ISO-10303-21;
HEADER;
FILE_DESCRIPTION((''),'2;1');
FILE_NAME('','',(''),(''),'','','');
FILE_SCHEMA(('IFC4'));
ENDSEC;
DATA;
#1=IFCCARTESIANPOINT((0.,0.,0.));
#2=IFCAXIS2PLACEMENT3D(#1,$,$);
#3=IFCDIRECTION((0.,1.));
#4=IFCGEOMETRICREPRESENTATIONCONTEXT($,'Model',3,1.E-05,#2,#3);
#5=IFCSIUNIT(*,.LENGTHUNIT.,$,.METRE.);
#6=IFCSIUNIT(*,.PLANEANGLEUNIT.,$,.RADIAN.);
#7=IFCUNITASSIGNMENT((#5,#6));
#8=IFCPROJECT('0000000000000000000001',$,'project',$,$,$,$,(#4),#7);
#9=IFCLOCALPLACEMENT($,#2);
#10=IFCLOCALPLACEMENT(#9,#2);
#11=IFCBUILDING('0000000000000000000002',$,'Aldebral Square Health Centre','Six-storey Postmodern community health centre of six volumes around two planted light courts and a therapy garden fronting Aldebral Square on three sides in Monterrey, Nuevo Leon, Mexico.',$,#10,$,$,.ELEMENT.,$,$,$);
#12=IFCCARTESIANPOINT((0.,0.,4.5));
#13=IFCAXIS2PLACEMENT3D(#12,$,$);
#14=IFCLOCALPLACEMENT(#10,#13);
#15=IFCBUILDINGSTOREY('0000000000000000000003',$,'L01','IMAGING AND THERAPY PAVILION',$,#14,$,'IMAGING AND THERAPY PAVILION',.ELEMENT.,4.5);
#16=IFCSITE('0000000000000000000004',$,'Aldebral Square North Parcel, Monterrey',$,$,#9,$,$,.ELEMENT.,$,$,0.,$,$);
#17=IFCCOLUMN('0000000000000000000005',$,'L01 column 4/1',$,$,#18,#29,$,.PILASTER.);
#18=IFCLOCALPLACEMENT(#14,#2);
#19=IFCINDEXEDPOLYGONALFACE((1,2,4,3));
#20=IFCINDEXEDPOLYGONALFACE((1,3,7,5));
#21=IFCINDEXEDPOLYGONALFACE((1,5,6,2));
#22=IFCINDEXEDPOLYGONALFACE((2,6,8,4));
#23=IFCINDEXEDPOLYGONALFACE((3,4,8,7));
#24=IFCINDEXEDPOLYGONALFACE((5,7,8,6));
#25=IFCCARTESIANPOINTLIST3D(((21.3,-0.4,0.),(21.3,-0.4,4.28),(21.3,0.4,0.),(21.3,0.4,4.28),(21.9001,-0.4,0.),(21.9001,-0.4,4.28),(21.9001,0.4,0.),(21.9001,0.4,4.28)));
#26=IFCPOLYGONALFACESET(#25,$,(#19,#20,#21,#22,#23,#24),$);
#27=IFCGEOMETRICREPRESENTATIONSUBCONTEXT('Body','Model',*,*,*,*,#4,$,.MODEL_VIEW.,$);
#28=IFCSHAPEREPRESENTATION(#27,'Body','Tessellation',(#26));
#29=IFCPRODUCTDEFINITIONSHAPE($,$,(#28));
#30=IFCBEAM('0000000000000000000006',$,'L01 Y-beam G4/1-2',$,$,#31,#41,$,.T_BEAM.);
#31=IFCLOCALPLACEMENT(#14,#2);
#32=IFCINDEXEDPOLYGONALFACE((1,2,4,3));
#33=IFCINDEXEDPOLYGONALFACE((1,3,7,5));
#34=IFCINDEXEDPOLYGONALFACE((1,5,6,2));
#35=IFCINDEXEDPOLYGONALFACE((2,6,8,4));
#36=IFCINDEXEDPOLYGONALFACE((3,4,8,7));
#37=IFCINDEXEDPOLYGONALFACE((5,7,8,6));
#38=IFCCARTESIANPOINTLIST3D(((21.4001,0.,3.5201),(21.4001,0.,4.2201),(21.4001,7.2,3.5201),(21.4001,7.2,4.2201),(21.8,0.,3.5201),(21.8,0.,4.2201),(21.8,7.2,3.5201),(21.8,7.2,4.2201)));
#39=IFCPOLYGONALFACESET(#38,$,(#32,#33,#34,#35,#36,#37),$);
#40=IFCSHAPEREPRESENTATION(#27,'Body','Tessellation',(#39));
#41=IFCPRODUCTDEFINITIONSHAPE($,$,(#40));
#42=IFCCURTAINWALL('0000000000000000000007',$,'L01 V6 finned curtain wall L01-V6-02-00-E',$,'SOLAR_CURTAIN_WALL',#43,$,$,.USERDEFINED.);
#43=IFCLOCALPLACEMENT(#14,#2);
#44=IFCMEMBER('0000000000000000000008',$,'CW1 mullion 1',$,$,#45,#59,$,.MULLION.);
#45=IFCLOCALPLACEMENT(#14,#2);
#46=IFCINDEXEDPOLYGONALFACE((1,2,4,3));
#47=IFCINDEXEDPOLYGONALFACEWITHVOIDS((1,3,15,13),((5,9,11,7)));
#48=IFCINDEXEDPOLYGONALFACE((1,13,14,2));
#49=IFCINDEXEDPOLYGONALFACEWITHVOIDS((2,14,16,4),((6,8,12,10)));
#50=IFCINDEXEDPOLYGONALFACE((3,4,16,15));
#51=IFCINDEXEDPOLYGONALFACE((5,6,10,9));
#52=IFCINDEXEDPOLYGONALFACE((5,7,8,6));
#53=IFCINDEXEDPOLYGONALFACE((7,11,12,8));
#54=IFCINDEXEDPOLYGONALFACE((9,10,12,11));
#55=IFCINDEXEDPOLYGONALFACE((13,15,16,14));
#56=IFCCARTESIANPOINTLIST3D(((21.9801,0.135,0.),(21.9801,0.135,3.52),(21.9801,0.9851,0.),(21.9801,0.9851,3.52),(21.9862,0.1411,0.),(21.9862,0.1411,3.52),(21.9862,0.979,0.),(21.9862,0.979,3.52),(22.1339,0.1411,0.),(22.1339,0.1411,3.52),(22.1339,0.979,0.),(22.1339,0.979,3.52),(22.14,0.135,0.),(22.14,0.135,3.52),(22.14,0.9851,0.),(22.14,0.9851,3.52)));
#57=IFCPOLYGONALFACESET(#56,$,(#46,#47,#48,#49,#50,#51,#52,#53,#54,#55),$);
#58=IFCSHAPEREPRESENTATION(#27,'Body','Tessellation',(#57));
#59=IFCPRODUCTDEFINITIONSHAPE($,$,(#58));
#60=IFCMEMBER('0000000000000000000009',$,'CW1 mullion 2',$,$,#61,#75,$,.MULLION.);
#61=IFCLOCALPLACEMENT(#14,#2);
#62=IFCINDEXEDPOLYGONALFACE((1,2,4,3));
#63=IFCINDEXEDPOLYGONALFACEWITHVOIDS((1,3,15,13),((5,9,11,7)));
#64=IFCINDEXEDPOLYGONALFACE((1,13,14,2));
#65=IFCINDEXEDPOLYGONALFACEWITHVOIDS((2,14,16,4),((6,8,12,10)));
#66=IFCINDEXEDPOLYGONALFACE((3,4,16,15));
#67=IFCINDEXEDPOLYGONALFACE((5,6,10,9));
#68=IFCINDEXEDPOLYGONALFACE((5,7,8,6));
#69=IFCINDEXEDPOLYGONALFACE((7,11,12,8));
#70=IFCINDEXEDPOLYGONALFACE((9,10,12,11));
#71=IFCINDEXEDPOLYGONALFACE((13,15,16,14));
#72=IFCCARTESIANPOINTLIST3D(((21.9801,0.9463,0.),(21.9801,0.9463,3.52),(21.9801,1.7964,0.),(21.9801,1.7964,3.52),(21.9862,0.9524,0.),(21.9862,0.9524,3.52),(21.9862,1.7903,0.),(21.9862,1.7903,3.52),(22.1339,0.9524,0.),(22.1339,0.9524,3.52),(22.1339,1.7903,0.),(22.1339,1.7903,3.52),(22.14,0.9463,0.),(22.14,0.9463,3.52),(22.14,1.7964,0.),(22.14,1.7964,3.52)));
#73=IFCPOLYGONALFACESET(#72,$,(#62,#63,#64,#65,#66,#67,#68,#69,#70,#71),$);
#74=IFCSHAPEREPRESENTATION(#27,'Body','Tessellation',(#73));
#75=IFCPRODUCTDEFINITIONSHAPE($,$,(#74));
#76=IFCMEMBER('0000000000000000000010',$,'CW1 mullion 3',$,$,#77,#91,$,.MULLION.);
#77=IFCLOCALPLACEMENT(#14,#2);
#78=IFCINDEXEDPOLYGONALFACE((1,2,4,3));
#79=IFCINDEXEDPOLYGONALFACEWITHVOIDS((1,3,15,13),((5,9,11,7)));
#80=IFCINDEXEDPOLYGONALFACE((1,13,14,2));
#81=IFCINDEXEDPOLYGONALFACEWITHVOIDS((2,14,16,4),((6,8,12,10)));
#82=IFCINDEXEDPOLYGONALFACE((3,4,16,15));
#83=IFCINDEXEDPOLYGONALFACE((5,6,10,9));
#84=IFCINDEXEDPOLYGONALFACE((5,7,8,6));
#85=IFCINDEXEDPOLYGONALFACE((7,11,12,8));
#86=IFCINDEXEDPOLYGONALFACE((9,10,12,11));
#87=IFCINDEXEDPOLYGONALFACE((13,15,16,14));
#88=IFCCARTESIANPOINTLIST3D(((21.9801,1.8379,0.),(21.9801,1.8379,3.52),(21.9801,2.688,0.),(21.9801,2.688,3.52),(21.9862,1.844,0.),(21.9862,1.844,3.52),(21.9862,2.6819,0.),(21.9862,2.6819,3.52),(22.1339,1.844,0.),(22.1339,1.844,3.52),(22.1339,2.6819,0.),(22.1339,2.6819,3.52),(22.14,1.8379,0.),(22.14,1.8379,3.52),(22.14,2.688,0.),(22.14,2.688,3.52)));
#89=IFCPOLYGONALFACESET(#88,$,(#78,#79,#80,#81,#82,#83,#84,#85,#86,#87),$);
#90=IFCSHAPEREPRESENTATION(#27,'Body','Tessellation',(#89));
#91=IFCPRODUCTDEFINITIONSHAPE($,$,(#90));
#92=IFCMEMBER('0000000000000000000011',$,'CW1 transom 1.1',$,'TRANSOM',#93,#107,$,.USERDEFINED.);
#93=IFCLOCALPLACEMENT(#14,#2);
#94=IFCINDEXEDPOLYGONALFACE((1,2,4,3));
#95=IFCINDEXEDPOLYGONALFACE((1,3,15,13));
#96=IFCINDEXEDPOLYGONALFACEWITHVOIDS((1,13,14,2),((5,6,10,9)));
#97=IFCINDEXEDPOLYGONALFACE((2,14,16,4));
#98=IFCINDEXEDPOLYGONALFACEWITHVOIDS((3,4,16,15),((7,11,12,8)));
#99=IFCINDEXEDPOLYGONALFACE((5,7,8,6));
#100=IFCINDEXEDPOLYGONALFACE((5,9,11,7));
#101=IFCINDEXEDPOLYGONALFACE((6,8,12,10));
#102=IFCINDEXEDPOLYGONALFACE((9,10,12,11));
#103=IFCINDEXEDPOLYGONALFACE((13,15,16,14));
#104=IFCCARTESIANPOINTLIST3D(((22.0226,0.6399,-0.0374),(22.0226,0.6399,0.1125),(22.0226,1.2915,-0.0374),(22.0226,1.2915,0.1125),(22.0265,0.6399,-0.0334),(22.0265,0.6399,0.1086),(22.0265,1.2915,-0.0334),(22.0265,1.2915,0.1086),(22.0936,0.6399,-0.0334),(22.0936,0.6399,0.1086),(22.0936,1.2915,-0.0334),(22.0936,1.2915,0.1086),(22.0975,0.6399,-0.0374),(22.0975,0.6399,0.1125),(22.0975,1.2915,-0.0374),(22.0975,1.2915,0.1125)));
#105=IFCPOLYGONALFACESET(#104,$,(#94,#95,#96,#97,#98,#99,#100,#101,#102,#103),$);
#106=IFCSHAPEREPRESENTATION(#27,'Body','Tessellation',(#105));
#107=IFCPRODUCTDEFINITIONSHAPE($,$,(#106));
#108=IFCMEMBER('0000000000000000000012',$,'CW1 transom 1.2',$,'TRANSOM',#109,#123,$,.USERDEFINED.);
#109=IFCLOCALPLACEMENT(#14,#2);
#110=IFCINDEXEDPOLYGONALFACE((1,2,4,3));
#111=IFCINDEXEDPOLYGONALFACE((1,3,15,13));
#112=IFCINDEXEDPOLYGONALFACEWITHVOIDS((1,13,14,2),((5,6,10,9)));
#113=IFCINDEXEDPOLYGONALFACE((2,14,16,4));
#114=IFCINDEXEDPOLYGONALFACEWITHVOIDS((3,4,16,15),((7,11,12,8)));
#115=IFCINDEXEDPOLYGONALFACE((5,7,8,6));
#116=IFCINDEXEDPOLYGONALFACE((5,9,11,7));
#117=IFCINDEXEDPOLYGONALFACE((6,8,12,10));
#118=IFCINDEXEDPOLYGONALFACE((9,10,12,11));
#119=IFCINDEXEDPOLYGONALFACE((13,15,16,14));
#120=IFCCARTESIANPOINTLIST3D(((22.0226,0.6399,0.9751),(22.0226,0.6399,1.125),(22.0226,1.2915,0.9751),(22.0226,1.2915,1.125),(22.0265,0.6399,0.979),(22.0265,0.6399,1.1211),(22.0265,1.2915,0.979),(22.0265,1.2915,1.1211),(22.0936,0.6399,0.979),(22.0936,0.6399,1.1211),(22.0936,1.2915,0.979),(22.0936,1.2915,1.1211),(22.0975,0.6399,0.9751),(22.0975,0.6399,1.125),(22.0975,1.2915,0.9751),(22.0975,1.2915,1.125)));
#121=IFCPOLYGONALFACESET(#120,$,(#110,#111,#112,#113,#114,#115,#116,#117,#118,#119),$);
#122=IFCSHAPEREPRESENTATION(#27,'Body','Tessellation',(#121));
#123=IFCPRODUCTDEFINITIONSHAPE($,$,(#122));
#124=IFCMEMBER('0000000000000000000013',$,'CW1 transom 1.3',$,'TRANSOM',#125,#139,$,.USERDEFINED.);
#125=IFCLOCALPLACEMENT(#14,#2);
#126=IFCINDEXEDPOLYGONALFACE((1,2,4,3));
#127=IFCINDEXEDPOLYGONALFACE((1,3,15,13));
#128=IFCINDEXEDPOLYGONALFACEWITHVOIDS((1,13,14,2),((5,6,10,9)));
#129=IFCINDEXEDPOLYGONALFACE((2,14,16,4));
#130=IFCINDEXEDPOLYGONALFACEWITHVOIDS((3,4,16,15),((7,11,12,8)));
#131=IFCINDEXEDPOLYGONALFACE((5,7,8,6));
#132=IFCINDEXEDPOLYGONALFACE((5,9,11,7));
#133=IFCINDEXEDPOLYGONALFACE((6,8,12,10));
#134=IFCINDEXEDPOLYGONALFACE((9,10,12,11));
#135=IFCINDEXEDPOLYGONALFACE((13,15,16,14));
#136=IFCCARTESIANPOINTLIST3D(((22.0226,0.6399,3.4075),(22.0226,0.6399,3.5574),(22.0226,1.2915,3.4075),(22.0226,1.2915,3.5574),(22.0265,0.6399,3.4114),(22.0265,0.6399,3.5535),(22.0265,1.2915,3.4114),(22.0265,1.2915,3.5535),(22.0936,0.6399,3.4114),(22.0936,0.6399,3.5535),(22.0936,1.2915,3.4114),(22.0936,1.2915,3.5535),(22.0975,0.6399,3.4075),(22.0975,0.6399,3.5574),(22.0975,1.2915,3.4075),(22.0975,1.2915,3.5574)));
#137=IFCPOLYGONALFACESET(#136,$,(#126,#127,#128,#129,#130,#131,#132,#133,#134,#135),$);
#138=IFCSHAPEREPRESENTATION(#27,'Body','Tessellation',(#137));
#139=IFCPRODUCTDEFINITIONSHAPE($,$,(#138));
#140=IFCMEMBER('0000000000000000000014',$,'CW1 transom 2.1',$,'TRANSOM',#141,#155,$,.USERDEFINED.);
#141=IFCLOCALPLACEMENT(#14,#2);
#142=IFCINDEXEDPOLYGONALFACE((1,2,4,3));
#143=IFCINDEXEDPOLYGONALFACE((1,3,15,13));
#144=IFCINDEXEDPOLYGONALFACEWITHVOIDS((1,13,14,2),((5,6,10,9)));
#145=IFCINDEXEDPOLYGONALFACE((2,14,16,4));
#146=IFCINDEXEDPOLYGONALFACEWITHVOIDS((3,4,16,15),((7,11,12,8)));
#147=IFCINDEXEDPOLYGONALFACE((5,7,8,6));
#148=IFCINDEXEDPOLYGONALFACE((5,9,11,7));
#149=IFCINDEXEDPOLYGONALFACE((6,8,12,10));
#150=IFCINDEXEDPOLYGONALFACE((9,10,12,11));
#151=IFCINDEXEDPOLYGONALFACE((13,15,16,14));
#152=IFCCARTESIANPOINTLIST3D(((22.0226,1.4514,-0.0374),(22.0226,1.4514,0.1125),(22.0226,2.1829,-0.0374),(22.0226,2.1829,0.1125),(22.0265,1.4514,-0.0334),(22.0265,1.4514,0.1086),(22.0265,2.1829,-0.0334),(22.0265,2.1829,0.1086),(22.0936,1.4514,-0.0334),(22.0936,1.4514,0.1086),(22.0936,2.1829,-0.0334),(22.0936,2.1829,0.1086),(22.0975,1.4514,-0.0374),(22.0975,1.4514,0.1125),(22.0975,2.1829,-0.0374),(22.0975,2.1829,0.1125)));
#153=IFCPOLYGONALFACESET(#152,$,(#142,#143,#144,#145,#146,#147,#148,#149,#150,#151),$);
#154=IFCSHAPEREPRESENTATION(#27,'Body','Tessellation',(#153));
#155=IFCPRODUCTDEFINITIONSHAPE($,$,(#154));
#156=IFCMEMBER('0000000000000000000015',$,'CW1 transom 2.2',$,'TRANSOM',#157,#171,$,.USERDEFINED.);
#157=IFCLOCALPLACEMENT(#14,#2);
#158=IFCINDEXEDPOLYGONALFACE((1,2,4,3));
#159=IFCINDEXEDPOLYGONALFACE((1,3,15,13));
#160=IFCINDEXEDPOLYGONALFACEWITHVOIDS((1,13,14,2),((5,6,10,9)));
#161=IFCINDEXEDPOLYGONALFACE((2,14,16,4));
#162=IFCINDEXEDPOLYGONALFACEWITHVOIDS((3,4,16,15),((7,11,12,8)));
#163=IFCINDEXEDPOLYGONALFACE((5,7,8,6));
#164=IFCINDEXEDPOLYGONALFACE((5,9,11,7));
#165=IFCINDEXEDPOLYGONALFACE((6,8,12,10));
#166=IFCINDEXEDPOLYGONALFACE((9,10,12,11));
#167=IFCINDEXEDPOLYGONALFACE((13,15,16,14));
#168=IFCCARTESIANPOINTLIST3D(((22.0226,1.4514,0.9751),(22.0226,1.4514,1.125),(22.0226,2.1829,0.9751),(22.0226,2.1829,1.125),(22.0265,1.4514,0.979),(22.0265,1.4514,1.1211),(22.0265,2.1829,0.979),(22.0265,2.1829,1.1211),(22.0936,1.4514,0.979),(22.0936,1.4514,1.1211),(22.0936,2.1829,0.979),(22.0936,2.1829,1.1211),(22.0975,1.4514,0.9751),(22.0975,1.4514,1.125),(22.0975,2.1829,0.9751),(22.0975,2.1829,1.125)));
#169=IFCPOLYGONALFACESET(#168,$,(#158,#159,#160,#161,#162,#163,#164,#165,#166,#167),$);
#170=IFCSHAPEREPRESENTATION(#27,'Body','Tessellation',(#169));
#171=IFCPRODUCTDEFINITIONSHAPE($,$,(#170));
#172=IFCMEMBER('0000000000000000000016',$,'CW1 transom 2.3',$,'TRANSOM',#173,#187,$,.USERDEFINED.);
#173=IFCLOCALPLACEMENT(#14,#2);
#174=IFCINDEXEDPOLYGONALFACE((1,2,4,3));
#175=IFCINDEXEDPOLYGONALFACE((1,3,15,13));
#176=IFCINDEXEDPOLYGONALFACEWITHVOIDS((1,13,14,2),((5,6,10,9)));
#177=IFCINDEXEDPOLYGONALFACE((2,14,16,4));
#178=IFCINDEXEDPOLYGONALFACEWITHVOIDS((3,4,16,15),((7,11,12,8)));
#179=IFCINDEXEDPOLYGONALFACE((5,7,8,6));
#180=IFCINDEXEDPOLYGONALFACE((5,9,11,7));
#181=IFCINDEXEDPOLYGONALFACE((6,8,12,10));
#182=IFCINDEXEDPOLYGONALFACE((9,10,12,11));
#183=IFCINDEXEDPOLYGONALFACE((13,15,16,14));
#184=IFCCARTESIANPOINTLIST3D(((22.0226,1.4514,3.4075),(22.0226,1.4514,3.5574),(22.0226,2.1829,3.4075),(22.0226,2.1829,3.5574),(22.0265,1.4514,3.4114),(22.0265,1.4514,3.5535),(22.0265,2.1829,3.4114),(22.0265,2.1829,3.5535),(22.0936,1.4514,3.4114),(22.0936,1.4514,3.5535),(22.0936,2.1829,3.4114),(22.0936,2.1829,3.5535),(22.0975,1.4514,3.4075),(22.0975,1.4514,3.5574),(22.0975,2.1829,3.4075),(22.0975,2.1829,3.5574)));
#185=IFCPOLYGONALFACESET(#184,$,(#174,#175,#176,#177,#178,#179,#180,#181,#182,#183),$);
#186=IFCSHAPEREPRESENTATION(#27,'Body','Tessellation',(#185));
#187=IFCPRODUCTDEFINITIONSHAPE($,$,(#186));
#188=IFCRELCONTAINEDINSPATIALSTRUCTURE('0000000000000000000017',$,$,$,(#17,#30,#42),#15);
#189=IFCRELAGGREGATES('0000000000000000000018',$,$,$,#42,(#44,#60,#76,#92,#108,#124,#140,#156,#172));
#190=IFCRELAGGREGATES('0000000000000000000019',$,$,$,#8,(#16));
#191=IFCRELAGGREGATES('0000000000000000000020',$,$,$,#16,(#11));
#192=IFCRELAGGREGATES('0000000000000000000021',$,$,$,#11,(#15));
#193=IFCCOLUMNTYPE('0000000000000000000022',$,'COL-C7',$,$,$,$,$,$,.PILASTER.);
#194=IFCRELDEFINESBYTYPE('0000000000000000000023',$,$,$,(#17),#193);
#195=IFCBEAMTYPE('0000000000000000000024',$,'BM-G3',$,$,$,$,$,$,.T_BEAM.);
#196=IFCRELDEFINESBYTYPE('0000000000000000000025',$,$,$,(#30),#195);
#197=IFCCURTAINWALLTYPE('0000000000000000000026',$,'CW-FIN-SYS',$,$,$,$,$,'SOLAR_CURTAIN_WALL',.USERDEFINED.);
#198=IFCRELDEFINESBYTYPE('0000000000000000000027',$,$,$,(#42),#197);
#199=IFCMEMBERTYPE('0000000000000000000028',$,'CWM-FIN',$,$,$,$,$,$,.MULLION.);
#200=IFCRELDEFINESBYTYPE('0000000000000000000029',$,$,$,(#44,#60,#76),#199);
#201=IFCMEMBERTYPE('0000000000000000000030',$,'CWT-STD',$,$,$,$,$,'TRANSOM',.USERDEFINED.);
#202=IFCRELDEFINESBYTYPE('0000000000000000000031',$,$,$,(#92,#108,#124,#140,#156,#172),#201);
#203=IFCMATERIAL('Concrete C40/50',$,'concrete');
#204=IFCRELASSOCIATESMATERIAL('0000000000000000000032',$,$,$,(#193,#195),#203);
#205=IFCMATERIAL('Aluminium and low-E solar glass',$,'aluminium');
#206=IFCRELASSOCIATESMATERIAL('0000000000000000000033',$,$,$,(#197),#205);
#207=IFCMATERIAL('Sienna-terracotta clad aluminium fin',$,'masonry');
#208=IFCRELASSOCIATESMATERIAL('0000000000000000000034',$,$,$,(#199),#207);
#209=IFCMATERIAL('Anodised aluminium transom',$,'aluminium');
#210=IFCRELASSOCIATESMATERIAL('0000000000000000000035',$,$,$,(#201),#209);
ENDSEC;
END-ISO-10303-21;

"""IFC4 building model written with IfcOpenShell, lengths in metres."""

from ifc_helpers import new_model, si_unit, direction, frame, origin, origin_2d, place, context, subcontext, project, spatial, rectangle, hollow_rectangle, extrude, material, material_profile, profile_set, type_object, element, aggregate, save


model = new_model("IFC4")

# Units and contexts
model_context = context("Model", 3, precision=1e-05, world=origin(), true_north=direction((0.0, 1.0)))
body_context = subcontext(model_context, "Body", "Model", "MODEL_VIEW")
ifc_project = project(units=[si_unit("LENGTHUNIT", "METRE"), si_unit("PLANEANGLEUNIT", "RADIAN")], contexts=[model_context])

# Site, building, storey
site_placement = place(None, origin())
site = spatial("IfcSite", under=ifc_project, at=site_placement, Name="Aldebral Square North Parcel, Monterrey", CompositionType="ELEMENT", RefElevation=0.0)
building_placement = place(site_placement, origin())
building = spatial("IfcBuilding", under=site, at=building_placement, Name="Aldebral Square Health Centre", Description="Six-storey Postmodern community health centre of six volumes around two planted light courts and a therapy garden fronting Aldebral Square on three sides in Monterrey, Nuevo Leon, Mexico.", CompositionType="ELEMENT")
storey_placement = place(building_placement, frame((0.0, 0.0, 4.5)))
storey = spatial("IfcBuildingStorey", under=building, at=storey_placement, Name="L01", Description="IMAGING AND THERAPY PAVILION", LongName="IMAGING AND THERAPY PAVILION", CompositionType="ELEMENT", Elevation=4.5)

# Column
ifc_material_1 = material(Name="Concrete C40/50", Category="concrete")
ifc_material_profile_1 = material_profile(ifc_material_1, rectangle(XDim=0.6001, YDim=0.8, at=origin_2d()), Name="RC 600x800")
ifc_profile_set_1 = profile_set([ifc_material_profile_1], Name="Concrete C40/50")
column_type = type_object("IfcColumnType", Name="COL-C7", PredefinedType="PILASTER", material=ifc_profile_set_1)
column_placement = place(storey_placement, frame((21.6001, 0.0, 0.0), z_axis=(0.0, 0.0, 1.0), x_axis=(1.0, 0.0, 0.0)))
element("IfcColumn", 1, at=column_placement, inside=storey, type_object=column_type, Name="L01 column 4/1", PredefinedType="PILASTER", context=body_context, shape_type="SweptSolid", body=[
    extrude(rectangle(XDim=0.6001, YDim=0.8, at=origin_2d()), origin(), (0.0, 0.0, 1.0), 4.28),
])

# Beam
ifc_material_profile_2 = material_profile(ifc_material_1, rectangle(XDim=0.3999, YDim=0.7, at=origin_2d()), Name="RC 400x700")
ifc_profile_set_2 = profile_set([ifc_material_profile_2], Name="Concrete C40/50")
beam_type = type_object("IfcBeamType", Name="BM-G3", PredefinedType="T_BEAM", material=ifc_profile_set_2)
beam_placement = place(storey_placement, frame((21.6001, 0.0, 3.8701), z_axis=(0.0, 1.0, 0.0), x_axis=(-1.0, 0.0, 0.0)))
element("IfcBeam", 2, at=beam_placement, inside=storey, type_object=beam_type, Name="L01 Y-beam G4/1-2", PredefinedType="T_BEAM", context=body_context, shape_type="SweptSolid", body=[
    extrude(rectangle(XDim=0.3999, YDim=0.7, at=origin_2d()), origin(), (0.0, 0.0, 1.0), 7.2),
])

# Curtain wall, members
ifc_material_2 = material(Name="Aluminium and low-E solar glass", Category="aluminium")
curtain_wall_type = type_object("IfcCurtainWallType", Name="CW-FIN-SYS", ElementType="SOLAR_CURTAIN_WALL", PredefinedType="USERDEFINED", material=ifc_material_2)
curtain_wall_placement = place(storey_placement, origin())
curtain_wall = element("IfcCurtainWall", 3, at=curtain_wall_placement, inside=storey, type_object=curtain_wall_type, Name="L01 V6 finned curtain wall L01-V6-02-00-E", ObjectType="SOLAR_CURTAIN_WALL", PredefinedType="USERDEFINED")
ifc_material_3 = material(Name="Sienna-terracotta clad aluminium fin", Category="masonry")
ifc_material_profile_3 = material_profile(ifc_material_3, hollow_rectangle(XDim=0.1599, YDim=0.8501, WallThickness=0.0061, at=origin_2d()), Name="FIN 160x850x6")
ifc_profile_set_3 = profile_set([ifc_material_profile_3], Name="Sienna-terracotta clad aluminium fin")
member_type_1 = type_object("IfcMemberType", Name="CWM-FIN", PredefinedType="MULLION", material=ifc_profile_set_3)
member_1_placement = place(storey_placement, frame((22.0601, 0.5601, 0.0), z_axis=(0.0, 0.0, 1.0), x_axis=(-1.0, 0.0, 0.0)))
member_1 = element("IfcMember", 4, at=member_1_placement, type_object=member_type_1, Name="CW1 mullion 1", PredefinedType="MULLION", context=body_context, shape_type="SweptSolid", body=[
    extrude(hollow_rectangle(XDim=0.1599, YDim=0.8501, WallThickness=0.0061, at=origin_2d()), origin(), (0.0, 0.0, 1.0), 3.52),
])
member_2_placement = place(storey_placement, frame((22.0601, 1.3713, 0.0), z_axis=(0.0, 0.0, 1.0), x_axis=(-1.0, 0.0, 0.0)))
member_2 = element("IfcMember", 5, at=member_2_placement, type_object=member_type_1, Name="CW1 mullion 2", PredefinedType="MULLION", context=body_context, shape_type="SweptSolid", body=[
    extrude(hollow_rectangle(XDim=0.1599, YDim=0.8501, WallThickness=0.0061, at=origin_2d()), origin(), (0.0, 0.0, 1.0), 3.52),
])
member_3_placement = place(storey_placement, frame((22.0601, 2.2629, 0.0), z_axis=(0.0, 0.0, 1.0), x_axis=(-1.0, 0.0, 0.0)))
member_3 = element("IfcMember", 6, at=member_3_placement, type_object=member_type_1, Name="CW1 mullion 3", PredefinedType="MULLION", context=body_context, shape_type="SweptSolid", body=[
    extrude(hollow_rectangle(XDim=0.1599, YDim=0.8501, WallThickness=0.0061, at=origin_2d()), origin(), (0.0, 0.0, 1.0), 3.52),
])
ifc_material_4 = material(Name="Anodised aluminium transom", Category="aluminium")
ifc_material_profile_4 = material_profile(ifc_material_4, hollow_rectangle(XDim=0.075, YDim=0.1499, WallThickness=0.0039, at=origin_2d()), Name="CWT 75x150x4")
ifc_profile_set_4 = profile_set([ifc_material_profile_4], Name="Anodised aluminium transom")
member_type_2 = type_object("IfcMemberType", Name="CWT-STD", ElementType="TRANSOM", PredefinedType="USERDEFINED", material=ifc_profile_set_4)
member_4_placement = place(storey_placement, frame((22.0601, 0.6399, 0.0376), z_axis=(0.0, 1.0, 0.0), x_axis=(-1.0, 0.0, 0.0)))
member_4 = element("IfcMember", 7, at=member_4_placement, type_object=member_type_2, Name="CW1 transom 1.1", ObjectType="TRANSOM", PredefinedType="USERDEFINED", context=body_context, shape_type="SweptSolid", body=[
    extrude(hollow_rectangle(XDim=0.075, YDim=0.1499, WallThickness=0.0039, at=origin_2d()), origin(), (0.0, 0.0, 1.0), 0.6516),
])
member_5_placement = place(storey_placement, frame((22.0601, 0.6399, 1.05), z_axis=(0.0, 1.0, 0.0), x_axis=(-1.0, 0.0, 0.0)))
member_5 = element("IfcMember", 8, at=member_5_placement, type_object=member_type_2, Name="CW1 transom 1.2", ObjectType="TRANSOM", PredefinedType="USERDEFINED", context=body_context, shape_type="SweptSolid", body=[
    extrude(hollow_rectangle(XDim=0.075, YDim=0.1499, WallThickness=0.0039, at=origin_2d()), origin(), (0.0, 0.0, 1.0), 0.6516),
])
member_6_placement = place(storey_placement, frame((22.0601, 0.6399, 3.4824), z_axis=(0.0, 1.0, 0.0), x_axis=(-1.0, 0.0, 0.0)))
member_6 = element("IfcMember", 9, at=member_6_placement, type_object=member_type_2, Name="CW1 transom 1.3", ObjectType="TRANSOM", PredefinedType="USERDEFINED", context=body_context, shape_type="SweptSolid", body=[
    extrude(hollow_rectangle(XDim=0.075, YDim=0.1499, WallThickness=0.0039, at=origin_2d()), origin(), (0.0, 0.0, 1.0), 0.6516),
])
member_7_placement = place(storey_placement, frame((22.0601, 1.4514, 0.0376), z_axis=(0.0, 1.0, 0.0), x_axis=(-1.0, 0.0, 0.0)))
member_7 = element("IfcMember", 10, at=member_7_placement, type_object=member_type_2, Name="CW1 transom 2.1", ObjectType="TRANSOM", PredefinedType="USERDEFINED", context=body_context, shape_type="SweptSolid", body=[
    extrude(hollow_rectangle(XDim=0.075, YDim=0.1499, WallThickness=0.0039, at=origin_2d()), origin(), (0.0, 0.0, 1.0), 0.7314),
])
member_8_placement = place(storey_placement, frame((22.0601, 1.4514, 1.05), z_axis=(0.0, 1.0, 0.0), x_axis=(-1.0, 0.0, 0.0)))
member_8 = element("IfcMember", 11, at=member_8_placement, type_object=member_type_2, Name="CW1 transom 2.2", ObjectType="TRANSOM", PredefinedType="USERDEFINED", context=body_context, shape_type="SweptSolid", body=[
    extrude(hollow_rectangle(XDim=0.075, YDim=0.1499, WallThickness=0.0039, at=origin_2d()), origin(), (0.0, 0.0, 1.0), 0.7314),
])
member_9_placement = place(storey_placement, frame((22.0601, 1.4514, 3.4824), z_axis=(0.0, 1.0, 0.0), x_axis=(-1.0, 0.0, 0.0)))
member_9 = element("IfcMember", 12, at=member_9_placement, type_object=member_type_2, Name="CW1 transom 2.3", ObjectType="TRANSOM", PredefinedType="USERDEFINED", context=body_context, shape_type="SweptSolid", body=[
    extrude(hollow_rectangle(XDim=0.075, YDim=0.1499, WallThickness=0.0039, at=origin_2d()), origin(), (0.0, 0.0, 1.0), 0.7314),
])
aggregate(curtain_wall, [member_1, member_2, member_3, member_4, member_5, member_6, member_7, member_8, member_9])

save(model, "model.ifc")
